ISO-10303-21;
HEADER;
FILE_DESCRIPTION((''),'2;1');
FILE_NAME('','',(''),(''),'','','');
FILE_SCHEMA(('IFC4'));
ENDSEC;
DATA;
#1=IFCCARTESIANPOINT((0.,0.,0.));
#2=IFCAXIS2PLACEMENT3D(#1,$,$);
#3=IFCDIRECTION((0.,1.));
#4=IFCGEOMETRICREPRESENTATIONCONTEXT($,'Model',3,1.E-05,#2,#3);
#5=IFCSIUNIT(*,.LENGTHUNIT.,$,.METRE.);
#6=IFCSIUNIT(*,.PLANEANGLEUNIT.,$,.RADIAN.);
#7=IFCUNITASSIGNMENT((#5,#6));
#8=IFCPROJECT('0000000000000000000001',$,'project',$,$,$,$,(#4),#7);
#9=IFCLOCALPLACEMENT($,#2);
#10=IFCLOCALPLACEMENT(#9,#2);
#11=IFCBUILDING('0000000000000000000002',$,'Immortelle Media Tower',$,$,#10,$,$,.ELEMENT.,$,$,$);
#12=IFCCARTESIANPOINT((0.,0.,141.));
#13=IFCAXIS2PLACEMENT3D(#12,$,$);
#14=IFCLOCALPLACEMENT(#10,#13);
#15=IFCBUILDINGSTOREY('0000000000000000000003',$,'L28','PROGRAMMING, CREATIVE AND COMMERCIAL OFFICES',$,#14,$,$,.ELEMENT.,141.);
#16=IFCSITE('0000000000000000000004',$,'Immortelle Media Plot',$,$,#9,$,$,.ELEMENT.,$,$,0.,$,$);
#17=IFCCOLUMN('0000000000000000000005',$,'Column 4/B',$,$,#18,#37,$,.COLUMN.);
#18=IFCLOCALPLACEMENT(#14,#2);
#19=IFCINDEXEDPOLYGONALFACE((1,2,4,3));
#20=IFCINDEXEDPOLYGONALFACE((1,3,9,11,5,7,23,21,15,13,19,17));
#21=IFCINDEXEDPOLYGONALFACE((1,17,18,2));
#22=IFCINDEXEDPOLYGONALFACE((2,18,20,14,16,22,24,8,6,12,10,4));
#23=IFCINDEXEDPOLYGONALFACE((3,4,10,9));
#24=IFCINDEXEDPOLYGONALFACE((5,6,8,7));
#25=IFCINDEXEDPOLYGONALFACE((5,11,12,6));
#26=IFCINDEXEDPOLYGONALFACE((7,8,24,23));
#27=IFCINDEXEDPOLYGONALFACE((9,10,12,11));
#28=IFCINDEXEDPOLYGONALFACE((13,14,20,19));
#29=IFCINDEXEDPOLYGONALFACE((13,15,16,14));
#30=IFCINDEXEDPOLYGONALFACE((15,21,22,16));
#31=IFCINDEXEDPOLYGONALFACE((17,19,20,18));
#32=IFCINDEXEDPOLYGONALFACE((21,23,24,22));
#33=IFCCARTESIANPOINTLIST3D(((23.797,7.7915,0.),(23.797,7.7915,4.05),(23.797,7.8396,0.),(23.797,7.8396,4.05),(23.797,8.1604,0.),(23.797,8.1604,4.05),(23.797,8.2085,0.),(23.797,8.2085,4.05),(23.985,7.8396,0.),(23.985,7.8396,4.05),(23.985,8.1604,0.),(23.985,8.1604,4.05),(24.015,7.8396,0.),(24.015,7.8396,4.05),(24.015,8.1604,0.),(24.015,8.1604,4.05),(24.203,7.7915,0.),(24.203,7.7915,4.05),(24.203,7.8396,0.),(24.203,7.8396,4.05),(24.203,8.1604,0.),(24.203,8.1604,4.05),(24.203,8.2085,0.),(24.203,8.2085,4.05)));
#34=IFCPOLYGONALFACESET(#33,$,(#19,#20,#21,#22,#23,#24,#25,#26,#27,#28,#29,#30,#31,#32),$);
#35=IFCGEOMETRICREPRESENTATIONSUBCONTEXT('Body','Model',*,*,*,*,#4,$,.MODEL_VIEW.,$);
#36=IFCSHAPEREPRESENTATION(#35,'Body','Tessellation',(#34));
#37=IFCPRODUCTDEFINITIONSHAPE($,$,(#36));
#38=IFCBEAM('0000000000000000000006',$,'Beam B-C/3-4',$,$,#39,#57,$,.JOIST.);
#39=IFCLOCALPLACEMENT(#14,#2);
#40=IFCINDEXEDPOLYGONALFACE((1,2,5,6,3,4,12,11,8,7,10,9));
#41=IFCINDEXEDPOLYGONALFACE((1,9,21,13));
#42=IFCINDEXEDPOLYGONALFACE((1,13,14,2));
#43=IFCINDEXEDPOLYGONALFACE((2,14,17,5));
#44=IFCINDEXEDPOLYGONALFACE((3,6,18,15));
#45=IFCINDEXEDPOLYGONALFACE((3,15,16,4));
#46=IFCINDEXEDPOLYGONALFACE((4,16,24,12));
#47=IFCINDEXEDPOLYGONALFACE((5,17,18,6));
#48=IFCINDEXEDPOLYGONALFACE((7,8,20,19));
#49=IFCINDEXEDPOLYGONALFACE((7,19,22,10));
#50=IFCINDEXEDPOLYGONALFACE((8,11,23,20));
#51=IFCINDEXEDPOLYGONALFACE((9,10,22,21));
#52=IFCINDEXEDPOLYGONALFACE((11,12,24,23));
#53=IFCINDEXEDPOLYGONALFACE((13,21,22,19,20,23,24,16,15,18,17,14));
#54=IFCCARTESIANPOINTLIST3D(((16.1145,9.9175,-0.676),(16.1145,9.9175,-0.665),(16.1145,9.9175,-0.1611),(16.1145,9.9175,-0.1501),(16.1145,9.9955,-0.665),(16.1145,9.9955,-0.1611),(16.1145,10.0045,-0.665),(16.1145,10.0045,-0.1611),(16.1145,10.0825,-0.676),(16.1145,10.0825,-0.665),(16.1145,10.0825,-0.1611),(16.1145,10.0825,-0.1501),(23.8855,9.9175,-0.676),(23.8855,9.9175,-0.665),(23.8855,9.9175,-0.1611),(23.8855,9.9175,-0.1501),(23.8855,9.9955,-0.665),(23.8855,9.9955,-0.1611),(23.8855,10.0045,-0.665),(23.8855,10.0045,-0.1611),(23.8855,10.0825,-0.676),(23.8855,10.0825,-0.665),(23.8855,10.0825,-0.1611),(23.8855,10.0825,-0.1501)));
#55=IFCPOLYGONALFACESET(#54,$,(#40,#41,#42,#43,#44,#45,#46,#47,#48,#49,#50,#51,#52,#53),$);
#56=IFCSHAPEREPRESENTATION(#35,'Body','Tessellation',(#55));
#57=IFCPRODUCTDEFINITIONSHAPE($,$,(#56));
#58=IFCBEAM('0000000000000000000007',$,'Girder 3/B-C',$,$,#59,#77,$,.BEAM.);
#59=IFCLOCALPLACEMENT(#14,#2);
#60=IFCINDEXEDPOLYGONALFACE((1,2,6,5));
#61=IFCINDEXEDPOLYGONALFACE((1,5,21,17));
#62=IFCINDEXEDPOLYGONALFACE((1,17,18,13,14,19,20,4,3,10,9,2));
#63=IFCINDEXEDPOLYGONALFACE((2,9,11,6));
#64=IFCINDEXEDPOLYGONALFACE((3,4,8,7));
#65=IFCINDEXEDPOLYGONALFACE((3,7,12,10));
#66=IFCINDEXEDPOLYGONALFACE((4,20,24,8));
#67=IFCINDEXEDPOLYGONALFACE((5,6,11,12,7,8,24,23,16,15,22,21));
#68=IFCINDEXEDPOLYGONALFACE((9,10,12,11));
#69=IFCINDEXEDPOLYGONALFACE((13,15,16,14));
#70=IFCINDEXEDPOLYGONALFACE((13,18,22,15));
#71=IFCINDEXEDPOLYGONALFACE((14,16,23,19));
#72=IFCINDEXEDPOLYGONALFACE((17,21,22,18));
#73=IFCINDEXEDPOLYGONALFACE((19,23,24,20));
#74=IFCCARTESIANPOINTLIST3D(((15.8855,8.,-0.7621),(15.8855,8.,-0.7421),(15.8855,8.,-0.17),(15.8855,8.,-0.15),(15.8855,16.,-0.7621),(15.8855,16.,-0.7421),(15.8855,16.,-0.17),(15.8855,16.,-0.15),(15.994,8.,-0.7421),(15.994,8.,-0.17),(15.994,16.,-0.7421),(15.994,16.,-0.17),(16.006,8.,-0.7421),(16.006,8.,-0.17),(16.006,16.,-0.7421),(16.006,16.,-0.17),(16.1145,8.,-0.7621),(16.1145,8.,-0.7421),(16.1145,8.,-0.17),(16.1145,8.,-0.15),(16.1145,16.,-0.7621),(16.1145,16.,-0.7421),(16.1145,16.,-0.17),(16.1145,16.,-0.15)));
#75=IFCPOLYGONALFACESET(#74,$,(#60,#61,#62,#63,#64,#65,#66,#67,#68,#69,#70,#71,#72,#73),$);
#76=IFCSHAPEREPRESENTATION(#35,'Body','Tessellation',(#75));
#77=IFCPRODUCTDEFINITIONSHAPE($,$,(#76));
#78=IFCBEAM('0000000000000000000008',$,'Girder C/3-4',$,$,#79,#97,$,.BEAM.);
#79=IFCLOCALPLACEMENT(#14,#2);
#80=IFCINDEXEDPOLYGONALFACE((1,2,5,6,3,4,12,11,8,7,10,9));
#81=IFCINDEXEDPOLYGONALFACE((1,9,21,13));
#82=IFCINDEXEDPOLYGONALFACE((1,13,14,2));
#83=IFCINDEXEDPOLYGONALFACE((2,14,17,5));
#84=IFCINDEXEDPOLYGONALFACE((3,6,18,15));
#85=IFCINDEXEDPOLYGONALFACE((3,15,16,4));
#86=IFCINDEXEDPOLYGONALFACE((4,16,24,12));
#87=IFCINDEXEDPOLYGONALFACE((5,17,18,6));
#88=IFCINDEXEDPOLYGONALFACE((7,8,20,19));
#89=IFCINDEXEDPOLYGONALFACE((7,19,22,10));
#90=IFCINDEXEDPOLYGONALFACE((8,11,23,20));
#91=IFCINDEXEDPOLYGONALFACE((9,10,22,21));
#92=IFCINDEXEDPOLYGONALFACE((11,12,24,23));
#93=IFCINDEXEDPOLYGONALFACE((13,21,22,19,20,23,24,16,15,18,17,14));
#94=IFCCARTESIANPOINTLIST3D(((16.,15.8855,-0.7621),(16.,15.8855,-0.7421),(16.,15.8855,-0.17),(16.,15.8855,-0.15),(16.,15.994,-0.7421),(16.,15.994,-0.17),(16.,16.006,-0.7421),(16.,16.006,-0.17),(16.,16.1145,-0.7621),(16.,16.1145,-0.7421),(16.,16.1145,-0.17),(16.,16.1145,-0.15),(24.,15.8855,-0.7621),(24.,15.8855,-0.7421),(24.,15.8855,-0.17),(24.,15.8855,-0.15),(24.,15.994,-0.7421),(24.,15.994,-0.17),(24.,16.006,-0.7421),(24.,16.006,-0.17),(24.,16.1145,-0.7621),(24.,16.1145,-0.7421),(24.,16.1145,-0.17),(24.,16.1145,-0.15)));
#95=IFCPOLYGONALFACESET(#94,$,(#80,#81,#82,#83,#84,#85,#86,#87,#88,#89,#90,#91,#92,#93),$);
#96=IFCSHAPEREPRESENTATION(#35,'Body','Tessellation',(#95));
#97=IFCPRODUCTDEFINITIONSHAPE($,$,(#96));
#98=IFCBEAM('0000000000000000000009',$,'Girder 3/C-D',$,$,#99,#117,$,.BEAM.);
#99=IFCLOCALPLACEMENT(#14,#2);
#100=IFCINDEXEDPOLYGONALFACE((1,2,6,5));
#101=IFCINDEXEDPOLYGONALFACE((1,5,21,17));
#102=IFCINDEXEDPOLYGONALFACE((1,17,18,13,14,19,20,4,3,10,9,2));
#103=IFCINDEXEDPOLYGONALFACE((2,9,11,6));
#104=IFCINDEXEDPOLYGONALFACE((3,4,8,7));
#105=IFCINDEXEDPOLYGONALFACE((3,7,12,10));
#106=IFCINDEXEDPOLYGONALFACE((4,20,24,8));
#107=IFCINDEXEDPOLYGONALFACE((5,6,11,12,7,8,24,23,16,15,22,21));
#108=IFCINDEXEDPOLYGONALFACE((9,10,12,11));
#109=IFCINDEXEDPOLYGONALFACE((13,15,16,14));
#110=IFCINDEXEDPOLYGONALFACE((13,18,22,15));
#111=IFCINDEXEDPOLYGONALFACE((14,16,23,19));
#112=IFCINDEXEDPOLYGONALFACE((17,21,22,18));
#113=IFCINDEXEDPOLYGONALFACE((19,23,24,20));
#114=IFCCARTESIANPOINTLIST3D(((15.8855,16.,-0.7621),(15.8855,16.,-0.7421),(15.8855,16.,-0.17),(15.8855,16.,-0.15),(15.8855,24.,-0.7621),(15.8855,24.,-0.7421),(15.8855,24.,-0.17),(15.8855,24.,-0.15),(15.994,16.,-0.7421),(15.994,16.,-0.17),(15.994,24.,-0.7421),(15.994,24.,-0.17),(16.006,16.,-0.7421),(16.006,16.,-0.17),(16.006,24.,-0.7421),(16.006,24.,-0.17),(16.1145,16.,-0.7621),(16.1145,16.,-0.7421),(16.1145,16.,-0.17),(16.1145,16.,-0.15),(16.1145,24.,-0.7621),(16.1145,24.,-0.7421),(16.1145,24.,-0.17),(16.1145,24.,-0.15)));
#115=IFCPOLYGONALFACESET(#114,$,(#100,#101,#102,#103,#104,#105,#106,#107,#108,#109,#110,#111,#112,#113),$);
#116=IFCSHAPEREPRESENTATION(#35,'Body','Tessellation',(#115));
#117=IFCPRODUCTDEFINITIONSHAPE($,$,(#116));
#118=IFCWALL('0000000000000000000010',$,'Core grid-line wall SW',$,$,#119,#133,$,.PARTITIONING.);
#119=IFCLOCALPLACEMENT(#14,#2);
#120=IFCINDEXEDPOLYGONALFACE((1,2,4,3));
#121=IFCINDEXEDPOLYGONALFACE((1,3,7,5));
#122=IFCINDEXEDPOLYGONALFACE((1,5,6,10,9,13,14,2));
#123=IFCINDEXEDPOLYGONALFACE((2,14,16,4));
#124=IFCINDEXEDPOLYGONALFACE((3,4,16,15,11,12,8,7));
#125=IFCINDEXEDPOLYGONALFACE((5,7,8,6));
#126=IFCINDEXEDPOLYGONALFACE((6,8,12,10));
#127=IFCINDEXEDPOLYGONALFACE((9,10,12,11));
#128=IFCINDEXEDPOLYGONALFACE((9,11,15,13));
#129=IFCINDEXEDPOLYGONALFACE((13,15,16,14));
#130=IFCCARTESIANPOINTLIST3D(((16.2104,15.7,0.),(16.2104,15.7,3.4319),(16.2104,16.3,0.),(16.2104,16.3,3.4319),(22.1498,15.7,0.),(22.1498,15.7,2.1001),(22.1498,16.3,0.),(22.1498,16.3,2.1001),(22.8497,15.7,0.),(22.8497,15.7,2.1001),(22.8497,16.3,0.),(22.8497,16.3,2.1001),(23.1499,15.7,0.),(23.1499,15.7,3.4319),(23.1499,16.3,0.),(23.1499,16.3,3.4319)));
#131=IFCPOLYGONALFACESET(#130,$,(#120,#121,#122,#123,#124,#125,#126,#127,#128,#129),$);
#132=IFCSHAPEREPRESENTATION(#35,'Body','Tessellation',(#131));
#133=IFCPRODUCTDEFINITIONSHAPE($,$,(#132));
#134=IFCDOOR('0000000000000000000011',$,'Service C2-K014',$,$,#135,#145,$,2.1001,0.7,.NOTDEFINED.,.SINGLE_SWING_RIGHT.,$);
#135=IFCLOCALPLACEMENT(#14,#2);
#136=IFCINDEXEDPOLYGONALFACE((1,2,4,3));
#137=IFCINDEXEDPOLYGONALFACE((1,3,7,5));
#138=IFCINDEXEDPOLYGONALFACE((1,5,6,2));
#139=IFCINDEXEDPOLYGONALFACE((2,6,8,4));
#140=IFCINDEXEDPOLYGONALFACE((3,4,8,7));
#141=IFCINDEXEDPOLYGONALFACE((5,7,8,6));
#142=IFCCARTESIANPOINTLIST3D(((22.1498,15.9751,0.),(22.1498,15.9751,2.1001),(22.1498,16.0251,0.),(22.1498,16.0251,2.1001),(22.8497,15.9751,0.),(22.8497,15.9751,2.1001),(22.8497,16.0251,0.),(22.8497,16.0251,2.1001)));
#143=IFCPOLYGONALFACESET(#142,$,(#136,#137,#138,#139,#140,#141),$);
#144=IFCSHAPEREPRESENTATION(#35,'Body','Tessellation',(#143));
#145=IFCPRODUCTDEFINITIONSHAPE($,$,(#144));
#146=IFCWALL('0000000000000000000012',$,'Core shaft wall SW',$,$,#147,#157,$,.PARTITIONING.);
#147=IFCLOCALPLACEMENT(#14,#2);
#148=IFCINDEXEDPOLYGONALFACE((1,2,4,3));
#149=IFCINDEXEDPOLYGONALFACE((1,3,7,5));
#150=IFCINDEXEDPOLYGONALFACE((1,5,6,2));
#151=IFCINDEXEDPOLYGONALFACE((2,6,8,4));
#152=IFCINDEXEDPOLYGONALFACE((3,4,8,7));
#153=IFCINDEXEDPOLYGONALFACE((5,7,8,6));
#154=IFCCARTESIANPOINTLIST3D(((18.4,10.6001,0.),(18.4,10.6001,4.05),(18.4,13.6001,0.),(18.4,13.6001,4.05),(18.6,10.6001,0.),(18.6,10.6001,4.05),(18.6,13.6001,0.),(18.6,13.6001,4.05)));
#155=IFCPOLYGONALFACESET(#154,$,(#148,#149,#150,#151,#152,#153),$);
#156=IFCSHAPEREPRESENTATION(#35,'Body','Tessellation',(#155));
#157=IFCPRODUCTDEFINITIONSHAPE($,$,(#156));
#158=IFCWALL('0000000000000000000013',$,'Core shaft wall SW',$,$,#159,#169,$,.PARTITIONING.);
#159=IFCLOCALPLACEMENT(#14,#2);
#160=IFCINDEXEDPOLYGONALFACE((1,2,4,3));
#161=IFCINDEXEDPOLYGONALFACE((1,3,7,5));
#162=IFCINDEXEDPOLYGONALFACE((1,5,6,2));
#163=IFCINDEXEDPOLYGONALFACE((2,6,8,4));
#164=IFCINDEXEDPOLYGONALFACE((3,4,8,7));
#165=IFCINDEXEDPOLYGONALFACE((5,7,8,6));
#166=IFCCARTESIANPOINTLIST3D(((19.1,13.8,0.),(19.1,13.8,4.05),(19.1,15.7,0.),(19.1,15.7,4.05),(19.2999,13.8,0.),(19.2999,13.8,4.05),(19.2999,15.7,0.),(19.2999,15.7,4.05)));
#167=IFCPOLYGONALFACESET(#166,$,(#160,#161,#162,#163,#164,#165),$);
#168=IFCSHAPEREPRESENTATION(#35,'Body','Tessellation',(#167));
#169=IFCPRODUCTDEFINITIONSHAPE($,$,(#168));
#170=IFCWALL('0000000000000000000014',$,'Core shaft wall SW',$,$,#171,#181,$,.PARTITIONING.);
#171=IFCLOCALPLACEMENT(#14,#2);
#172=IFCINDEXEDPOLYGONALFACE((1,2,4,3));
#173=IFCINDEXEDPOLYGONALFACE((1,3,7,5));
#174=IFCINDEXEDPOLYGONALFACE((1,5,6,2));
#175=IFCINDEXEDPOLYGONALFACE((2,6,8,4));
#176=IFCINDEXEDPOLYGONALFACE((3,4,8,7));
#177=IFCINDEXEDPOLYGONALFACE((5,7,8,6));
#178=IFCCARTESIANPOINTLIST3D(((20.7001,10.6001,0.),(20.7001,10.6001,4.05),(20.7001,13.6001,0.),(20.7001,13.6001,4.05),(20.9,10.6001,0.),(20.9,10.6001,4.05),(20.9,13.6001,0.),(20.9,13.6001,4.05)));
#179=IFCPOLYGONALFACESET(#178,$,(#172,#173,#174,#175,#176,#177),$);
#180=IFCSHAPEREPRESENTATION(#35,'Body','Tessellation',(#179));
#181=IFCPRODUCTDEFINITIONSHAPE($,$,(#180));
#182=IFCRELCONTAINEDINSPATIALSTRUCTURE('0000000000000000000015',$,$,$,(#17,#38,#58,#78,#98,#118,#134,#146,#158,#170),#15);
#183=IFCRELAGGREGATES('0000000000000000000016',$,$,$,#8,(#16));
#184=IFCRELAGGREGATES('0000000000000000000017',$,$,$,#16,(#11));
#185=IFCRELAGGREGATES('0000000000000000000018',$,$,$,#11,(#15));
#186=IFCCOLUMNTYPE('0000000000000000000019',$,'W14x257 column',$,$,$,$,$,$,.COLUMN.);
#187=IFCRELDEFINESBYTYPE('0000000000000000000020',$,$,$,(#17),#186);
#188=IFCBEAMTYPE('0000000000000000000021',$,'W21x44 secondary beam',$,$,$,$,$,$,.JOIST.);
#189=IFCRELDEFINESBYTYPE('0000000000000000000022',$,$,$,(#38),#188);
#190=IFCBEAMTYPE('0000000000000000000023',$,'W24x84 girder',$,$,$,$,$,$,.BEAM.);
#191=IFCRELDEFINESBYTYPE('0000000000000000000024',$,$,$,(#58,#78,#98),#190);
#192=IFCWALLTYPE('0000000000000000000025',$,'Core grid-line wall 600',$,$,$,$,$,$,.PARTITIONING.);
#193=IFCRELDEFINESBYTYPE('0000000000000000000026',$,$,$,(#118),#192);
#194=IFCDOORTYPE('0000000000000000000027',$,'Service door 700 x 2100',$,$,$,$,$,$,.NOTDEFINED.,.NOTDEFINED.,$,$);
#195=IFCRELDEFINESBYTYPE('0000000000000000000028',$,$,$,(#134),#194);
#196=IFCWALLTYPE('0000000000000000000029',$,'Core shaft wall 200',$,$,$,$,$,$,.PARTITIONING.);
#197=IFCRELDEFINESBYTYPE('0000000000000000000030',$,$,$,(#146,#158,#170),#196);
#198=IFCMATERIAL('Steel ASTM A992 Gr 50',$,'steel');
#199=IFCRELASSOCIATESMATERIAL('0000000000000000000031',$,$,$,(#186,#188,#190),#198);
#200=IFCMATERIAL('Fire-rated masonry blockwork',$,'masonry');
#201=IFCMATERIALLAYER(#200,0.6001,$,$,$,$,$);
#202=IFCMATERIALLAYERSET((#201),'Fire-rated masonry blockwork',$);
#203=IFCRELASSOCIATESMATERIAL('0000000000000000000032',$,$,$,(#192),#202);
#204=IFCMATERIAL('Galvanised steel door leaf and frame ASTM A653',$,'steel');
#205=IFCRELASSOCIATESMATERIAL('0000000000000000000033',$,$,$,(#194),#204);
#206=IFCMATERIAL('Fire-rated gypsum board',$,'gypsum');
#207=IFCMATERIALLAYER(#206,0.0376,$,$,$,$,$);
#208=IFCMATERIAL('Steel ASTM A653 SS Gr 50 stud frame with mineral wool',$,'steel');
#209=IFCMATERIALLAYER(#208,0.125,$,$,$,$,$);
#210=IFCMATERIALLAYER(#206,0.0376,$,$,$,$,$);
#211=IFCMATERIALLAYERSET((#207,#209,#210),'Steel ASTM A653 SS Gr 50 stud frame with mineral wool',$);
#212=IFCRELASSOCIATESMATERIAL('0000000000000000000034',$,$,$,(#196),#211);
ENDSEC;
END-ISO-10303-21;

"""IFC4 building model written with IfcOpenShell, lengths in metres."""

from ifc_helpers import new_model, si_unit, direction, frame, frame_2d, origin, origin_2d, place, context, subcontext, project, spatial, rectangle, i_section, extrude, material, layer, layer_set, material_profile, profile_set, type_object, element, fill, save


model = new_model("IFC4")

# Units and contexts
model_context = context("Model", 3, precision=1e-05, world=origin(), true_north=direction((0.0, 1.0)))
body_context = subcontext(model_context, "Body", "Model", "MODEL_VIEW")
ifc_project = project(units=[si_unit("LENGTHUNIT", "METRE"), si_unit("PLANEANGLEUNIT", "RADIAN")], contexts=[model_context])

# Site, building, storey
site_placement = place(None, origin())
site = spatial("IfcSite", under=ifc_project, at=site_placement, Name="Immortelle Media Plot", CompositionType="ELEMENT", RefElevation=0.0)
building_placement = place(site_placement, origin())
building = spatial("IfcBuilding", under=site, at=building_placement, Name="Immortelle Media Tower", CompositionType="ELEMENT")
storey_placement = place(building_placement, frame((0.0, 0.0, 141.0)))
storey = spatial("IfcBuildingStorey", under=building, at=storey_placement, Name="L28", Description="PROGRAMMING, CREATIVE AND COMMERCIAL OFFICES", CompositionType="ELEMENT", Elevation=141.0)

# Column
ifc_material_1 = material(Name="Steel ASTM A992 Gr 50", Category="steel")
ifc_material_profile_1 = material_profile(ifc_material_1, i_section(OverallWidth=0.406, OverallDepth=0.417, WebThickness=0.03, FlangeThickness=0.0481, at=origin_2d()), Name="W14x257")
ifc_profile_set_1 = profile_set([ifc_material_profile_1], Name="Steel ASTM A992 Gr 50")
column_type = type_object("IfcColumnType", Name="W14x257 column", PredefinedType="COLUMN", material=ifc_profile_set_1)
column_placement = place(storey_placement, frame((24.0, 8.0, 0.0), z_axis=(0.0, 0.0, 1.0), x_axis=(1.0, 0.0, 0.0)))
element("IfcColumn", 1, at=column_placement, inside=storey, type_object=column_type, Name="Column 4/B", PredefinedType="COLUMN", context=body_context, shape_type="SweptSolid", body=[
    extrude(i_section(OverallWidth=0.406, OverallDepth=0.417, WebThickness=0.03, FlangeThickness=0.0481, at=origin_2d()), origin(), (0.0, 0.0, 1.0), 4.05),
])

# Beams
ifc_material_profile_2 = material_profile(ifc_material_1, i_section(OverallWidth=0.165, OverallDepth=0.5259, WebThickness=0.009, FlangeThickness=0.011, at=origin_2d()), Name="W21x44")
ifc_profile_set_2 = profile_set([ifc_material_profile_2], Name="Steel ASTM A992 Gr 50")
beam_type_1 = type_object("IfcBeamType", Name="W21x44 secondary beam", PredefinedType="JOIST", material=ifc_profile_set_2)
beam_placement = place(storey_placement, frame((16.1145, 10.0, -0.4131), z_axis=(1.0, 0.0, 0.0), x_axis=(0.0, 1.0, 0.0)))
element("IfcBeam", 2, at=beam_placement, inside=storey, type_object=beam_type_1, Name="Beam B-C/3-4", PredefinedType="JOIST", context=body_context, shape_type="SweptSolid", body=[
    extrude(i_section(OverallWidth=0.165, OverallDepth=0.5259, WebThickness=0.009, FlangeThickness=0.011, at=origin_2d()), origin(), (0.0, 0.0, 1.0), 7.771),
])
ifc_material_profile_3 = material_profile(ifc_material_1, i_section(OverallWidth=0.229, OverallDepth=0.6121, WebThickness=0.012, FlangeThickness=0.02, at=origin_2d()), Name="W24x84")
ifc_profile_set_3 = profile_set([ifc_material_profile_3], Name="Steel ASTM A992 Gr 50")
beam_type_2 = type_object("IfcBeamType", Name="W24x84 girder", PredefinedType="BEAM", material=ifc_profile_set_3)
for number, where, z_axis, x_axis, name in (
    (3, (16.0, 8.0, -0.4561), (0.0, 1.0, 0.0), (-1.0, 0.0, 0.0), "Girder 3/B-C"),
    (4, (16.0, 16.0, -0.4561), (1.0, 0.0, 0.0), (0.0, 1.0, 0.0), "Girder C/3-4"),
    (5, (16.0, 16.0, -0.4561), (0.0, 1.0, 0.0), (-1.0, 0.0, 0.0), "Girder 3/C-D"),
):
    element("IfcBeam", number, at=place(storey_placement, frame(where, z_axis=z_axis, x_axis=x_axis)), inside=storey, type_object=beam_type_2, Name=name, PredefinedType="BEAM", context=body_context, shape_type="SweptSolid", body=[
        extrude(i_section(OverallWidth=0.229, OverallDepth=0.6121, WebThickness=0.012, FlangeThickness=0.02, at=origin_2d()), origin(), (0.0, 0.0, 1.0), 8.0),
    ])

# Wall, opening, door
ifc_material_2 = material(Name="Fire-rated masonry blockwork", Category="masonry")
ifc_layer_1 = layer(ifc_material_2, 0.6001)
ifc_layer_set_1 = layer_set([ifc_layer_1], Name="Fire-rated masonry blockwork")
wall_type_1 = type_object("IfcWallType", Name="Core grid-line wall 600", PredefinedType="PARTITIONING", material=ifc_layer_set_1)
wall_1_placement = place(storey_placement, frame((16.2104, 16.0, 0.0), z_axis=(0.0, 0.0, 1.0), x_axis=(1.0, 0.0, 0.0)))
wall_1 = element("IfcWall", 6, at=wall_1_placement, inside=storey, type_object=wall_type_1, Name="Core grid-line wall SW", PredefinedType="PARTITIONING", context=body_context, shape_type="SweptSolid", body=[
    extrude(rectangle(XDim=6.9395, YDim=0.6001, at=frame_2d((3.4697, 0.0))), origin(), (0.0, 0.0, 1.0), 3.4319),
])
opening_1_placement = place(wall_1_placement, frame((6.6394, 0.0, 0.0), z_axis=(0.0, 0.0, 1.0), x_axis=(-1.0, 0.0, 0.0)))
opening_1 = element("IfcOpeningElement", 7, at=opening_1_placement, cuts=wall_1, PredefinedType="OPENING", context=body_context, shape_type="SweptSolid", body=[
    extrude(rectangle(XDim=0.7, YDim=2.1001, at=frame_2d((0.3501, 1.05))), frame((0.0, 0.3101, 0.0), z_axis=(0.0, -1.0, 0.0), x_axis=(1.0, 0.0, 0.0)), (0.0, 0.0, 1.0), 0.6201),
])
ifc_material_3 = material(Name="Galvanised steel door leaf and frame ASTM A653", Category="steel")
door_type_1 = type_object("IfcDoorType", Name="Service door 700 x 2100", OperationType="NOTDEFINED", PredefinedType="NOTDEFINED", material=ifc_material_3)
door_1_placement = place(opening_1_placement, origin())
door_1 = element("IfcDoor", 8, at=door_1_placement, inside=storey, type_object=door_type_1, Name="Service C2-K014", OperationType="SINGLE_SWING_RIGHT", OverallHeight=2.1001, OverallWidth=0.7, PredefinedType="NOTDEFINED", context=body_context, shape_type="SweptSolid", body=[
    extrude(rectangle(XDim=0.7, YDim=2.1001, at=frame_2d((0.3501, 1.05))), frame((0.0, 0.0249, 0.0), z_axis=(0.0, -1.0, 0.0), x_axis=(1.0, 0.0, 0.0)), (0.0, 0.0, 1.0), 0.05),
])
fill(opening_1, door_1)

# Walls
ifc_material_4 = material(Name="Fire-rated gypsum board", Category="gypsum")
ifc_layer_2 = layer(ifc_material_4, 0.0376)
ifc_material_5 = material(Name="Steel ASTM A653 SS Gr 50 stud frame with mineral wool", Category="steel")
ifc_layer_3 = layer(ifc_material_5, 0.125)
ifc_layer_4 = layer(ifc_material_4, 0.0376)
ifc_layer_set_2 = layer_set([ifc_layer_2, ifc_layer_3, ifc_layer_4], Name="Steel ASTM A653 SS Gr 50 stud frame with mineral wool")
wall_type_2 = type_object("IfcWallType", Name="Core shaft wall 200", PredefinedType="PARTITIONING", material=ifc_layer_set_2)
wall_2_placement = place(storey_placement, frame((18.5, 10.6001, 0.0), z_axis=(0.0, 0.0, 1.0), x_axis=(0.0, 1.0, 0.0)))
element("IfcWall", 9, at=wall_2_placement, inside=storey, type_object=wall_type_2, Name="Core shaft wall SW", PredefinedType="PARTITIONING", context=body_context, shape_type="SweptSolid", body=[
    extrude(rectangle(XDim=3.0, YDim=0.2, at=frame_2d((1.5, 0.0))), origin(), (0.0, 0.0, 1.0), 4.05),
])
wall_3_placement = place(storey_placement, frame((19.2, 13.8, 0.0), z_axis=(0.0, 0.0, 1.0), x_axis=(0.0, 1.0, 0.0)))
element("IfcWall", 10, at=wall_3_placement, inside=storey, type_object=wall_type_2, Name="Core shaft wall SW", PredefinedType="PARTITIONING", context=body_context, shape_type="SweptSolid", body=[
    extrude(rectangle(XDim=1.8999, YDim=0.2, at=frame_2d((0.95, 0.0))), origin(), (0.0, 0.0, 1.0), 4.05),
])
wall_4_placement = place(storey_placement, frame((20.8, 10.6001, 0.0), z_axis=(0.0, 0.0, 1.0), x_axis=(0.0, 1.0, 0.0)))
element("IfcWall", 11, at=wall_4_placement, inside=storey, type_object=wall_type_2, Name="Core shaft wall SW", PredefinedType="PARTITIONING", context=body_context, shape_type="SweptSolid", body=[
    extrude(rectangle(XDim=3.0, YDim=0.2, at=frame_2d((1.5, 0.0))), origin(), (0.0, 0.0, 1.0), 4.05),
])

save(model, "model.ifc")
